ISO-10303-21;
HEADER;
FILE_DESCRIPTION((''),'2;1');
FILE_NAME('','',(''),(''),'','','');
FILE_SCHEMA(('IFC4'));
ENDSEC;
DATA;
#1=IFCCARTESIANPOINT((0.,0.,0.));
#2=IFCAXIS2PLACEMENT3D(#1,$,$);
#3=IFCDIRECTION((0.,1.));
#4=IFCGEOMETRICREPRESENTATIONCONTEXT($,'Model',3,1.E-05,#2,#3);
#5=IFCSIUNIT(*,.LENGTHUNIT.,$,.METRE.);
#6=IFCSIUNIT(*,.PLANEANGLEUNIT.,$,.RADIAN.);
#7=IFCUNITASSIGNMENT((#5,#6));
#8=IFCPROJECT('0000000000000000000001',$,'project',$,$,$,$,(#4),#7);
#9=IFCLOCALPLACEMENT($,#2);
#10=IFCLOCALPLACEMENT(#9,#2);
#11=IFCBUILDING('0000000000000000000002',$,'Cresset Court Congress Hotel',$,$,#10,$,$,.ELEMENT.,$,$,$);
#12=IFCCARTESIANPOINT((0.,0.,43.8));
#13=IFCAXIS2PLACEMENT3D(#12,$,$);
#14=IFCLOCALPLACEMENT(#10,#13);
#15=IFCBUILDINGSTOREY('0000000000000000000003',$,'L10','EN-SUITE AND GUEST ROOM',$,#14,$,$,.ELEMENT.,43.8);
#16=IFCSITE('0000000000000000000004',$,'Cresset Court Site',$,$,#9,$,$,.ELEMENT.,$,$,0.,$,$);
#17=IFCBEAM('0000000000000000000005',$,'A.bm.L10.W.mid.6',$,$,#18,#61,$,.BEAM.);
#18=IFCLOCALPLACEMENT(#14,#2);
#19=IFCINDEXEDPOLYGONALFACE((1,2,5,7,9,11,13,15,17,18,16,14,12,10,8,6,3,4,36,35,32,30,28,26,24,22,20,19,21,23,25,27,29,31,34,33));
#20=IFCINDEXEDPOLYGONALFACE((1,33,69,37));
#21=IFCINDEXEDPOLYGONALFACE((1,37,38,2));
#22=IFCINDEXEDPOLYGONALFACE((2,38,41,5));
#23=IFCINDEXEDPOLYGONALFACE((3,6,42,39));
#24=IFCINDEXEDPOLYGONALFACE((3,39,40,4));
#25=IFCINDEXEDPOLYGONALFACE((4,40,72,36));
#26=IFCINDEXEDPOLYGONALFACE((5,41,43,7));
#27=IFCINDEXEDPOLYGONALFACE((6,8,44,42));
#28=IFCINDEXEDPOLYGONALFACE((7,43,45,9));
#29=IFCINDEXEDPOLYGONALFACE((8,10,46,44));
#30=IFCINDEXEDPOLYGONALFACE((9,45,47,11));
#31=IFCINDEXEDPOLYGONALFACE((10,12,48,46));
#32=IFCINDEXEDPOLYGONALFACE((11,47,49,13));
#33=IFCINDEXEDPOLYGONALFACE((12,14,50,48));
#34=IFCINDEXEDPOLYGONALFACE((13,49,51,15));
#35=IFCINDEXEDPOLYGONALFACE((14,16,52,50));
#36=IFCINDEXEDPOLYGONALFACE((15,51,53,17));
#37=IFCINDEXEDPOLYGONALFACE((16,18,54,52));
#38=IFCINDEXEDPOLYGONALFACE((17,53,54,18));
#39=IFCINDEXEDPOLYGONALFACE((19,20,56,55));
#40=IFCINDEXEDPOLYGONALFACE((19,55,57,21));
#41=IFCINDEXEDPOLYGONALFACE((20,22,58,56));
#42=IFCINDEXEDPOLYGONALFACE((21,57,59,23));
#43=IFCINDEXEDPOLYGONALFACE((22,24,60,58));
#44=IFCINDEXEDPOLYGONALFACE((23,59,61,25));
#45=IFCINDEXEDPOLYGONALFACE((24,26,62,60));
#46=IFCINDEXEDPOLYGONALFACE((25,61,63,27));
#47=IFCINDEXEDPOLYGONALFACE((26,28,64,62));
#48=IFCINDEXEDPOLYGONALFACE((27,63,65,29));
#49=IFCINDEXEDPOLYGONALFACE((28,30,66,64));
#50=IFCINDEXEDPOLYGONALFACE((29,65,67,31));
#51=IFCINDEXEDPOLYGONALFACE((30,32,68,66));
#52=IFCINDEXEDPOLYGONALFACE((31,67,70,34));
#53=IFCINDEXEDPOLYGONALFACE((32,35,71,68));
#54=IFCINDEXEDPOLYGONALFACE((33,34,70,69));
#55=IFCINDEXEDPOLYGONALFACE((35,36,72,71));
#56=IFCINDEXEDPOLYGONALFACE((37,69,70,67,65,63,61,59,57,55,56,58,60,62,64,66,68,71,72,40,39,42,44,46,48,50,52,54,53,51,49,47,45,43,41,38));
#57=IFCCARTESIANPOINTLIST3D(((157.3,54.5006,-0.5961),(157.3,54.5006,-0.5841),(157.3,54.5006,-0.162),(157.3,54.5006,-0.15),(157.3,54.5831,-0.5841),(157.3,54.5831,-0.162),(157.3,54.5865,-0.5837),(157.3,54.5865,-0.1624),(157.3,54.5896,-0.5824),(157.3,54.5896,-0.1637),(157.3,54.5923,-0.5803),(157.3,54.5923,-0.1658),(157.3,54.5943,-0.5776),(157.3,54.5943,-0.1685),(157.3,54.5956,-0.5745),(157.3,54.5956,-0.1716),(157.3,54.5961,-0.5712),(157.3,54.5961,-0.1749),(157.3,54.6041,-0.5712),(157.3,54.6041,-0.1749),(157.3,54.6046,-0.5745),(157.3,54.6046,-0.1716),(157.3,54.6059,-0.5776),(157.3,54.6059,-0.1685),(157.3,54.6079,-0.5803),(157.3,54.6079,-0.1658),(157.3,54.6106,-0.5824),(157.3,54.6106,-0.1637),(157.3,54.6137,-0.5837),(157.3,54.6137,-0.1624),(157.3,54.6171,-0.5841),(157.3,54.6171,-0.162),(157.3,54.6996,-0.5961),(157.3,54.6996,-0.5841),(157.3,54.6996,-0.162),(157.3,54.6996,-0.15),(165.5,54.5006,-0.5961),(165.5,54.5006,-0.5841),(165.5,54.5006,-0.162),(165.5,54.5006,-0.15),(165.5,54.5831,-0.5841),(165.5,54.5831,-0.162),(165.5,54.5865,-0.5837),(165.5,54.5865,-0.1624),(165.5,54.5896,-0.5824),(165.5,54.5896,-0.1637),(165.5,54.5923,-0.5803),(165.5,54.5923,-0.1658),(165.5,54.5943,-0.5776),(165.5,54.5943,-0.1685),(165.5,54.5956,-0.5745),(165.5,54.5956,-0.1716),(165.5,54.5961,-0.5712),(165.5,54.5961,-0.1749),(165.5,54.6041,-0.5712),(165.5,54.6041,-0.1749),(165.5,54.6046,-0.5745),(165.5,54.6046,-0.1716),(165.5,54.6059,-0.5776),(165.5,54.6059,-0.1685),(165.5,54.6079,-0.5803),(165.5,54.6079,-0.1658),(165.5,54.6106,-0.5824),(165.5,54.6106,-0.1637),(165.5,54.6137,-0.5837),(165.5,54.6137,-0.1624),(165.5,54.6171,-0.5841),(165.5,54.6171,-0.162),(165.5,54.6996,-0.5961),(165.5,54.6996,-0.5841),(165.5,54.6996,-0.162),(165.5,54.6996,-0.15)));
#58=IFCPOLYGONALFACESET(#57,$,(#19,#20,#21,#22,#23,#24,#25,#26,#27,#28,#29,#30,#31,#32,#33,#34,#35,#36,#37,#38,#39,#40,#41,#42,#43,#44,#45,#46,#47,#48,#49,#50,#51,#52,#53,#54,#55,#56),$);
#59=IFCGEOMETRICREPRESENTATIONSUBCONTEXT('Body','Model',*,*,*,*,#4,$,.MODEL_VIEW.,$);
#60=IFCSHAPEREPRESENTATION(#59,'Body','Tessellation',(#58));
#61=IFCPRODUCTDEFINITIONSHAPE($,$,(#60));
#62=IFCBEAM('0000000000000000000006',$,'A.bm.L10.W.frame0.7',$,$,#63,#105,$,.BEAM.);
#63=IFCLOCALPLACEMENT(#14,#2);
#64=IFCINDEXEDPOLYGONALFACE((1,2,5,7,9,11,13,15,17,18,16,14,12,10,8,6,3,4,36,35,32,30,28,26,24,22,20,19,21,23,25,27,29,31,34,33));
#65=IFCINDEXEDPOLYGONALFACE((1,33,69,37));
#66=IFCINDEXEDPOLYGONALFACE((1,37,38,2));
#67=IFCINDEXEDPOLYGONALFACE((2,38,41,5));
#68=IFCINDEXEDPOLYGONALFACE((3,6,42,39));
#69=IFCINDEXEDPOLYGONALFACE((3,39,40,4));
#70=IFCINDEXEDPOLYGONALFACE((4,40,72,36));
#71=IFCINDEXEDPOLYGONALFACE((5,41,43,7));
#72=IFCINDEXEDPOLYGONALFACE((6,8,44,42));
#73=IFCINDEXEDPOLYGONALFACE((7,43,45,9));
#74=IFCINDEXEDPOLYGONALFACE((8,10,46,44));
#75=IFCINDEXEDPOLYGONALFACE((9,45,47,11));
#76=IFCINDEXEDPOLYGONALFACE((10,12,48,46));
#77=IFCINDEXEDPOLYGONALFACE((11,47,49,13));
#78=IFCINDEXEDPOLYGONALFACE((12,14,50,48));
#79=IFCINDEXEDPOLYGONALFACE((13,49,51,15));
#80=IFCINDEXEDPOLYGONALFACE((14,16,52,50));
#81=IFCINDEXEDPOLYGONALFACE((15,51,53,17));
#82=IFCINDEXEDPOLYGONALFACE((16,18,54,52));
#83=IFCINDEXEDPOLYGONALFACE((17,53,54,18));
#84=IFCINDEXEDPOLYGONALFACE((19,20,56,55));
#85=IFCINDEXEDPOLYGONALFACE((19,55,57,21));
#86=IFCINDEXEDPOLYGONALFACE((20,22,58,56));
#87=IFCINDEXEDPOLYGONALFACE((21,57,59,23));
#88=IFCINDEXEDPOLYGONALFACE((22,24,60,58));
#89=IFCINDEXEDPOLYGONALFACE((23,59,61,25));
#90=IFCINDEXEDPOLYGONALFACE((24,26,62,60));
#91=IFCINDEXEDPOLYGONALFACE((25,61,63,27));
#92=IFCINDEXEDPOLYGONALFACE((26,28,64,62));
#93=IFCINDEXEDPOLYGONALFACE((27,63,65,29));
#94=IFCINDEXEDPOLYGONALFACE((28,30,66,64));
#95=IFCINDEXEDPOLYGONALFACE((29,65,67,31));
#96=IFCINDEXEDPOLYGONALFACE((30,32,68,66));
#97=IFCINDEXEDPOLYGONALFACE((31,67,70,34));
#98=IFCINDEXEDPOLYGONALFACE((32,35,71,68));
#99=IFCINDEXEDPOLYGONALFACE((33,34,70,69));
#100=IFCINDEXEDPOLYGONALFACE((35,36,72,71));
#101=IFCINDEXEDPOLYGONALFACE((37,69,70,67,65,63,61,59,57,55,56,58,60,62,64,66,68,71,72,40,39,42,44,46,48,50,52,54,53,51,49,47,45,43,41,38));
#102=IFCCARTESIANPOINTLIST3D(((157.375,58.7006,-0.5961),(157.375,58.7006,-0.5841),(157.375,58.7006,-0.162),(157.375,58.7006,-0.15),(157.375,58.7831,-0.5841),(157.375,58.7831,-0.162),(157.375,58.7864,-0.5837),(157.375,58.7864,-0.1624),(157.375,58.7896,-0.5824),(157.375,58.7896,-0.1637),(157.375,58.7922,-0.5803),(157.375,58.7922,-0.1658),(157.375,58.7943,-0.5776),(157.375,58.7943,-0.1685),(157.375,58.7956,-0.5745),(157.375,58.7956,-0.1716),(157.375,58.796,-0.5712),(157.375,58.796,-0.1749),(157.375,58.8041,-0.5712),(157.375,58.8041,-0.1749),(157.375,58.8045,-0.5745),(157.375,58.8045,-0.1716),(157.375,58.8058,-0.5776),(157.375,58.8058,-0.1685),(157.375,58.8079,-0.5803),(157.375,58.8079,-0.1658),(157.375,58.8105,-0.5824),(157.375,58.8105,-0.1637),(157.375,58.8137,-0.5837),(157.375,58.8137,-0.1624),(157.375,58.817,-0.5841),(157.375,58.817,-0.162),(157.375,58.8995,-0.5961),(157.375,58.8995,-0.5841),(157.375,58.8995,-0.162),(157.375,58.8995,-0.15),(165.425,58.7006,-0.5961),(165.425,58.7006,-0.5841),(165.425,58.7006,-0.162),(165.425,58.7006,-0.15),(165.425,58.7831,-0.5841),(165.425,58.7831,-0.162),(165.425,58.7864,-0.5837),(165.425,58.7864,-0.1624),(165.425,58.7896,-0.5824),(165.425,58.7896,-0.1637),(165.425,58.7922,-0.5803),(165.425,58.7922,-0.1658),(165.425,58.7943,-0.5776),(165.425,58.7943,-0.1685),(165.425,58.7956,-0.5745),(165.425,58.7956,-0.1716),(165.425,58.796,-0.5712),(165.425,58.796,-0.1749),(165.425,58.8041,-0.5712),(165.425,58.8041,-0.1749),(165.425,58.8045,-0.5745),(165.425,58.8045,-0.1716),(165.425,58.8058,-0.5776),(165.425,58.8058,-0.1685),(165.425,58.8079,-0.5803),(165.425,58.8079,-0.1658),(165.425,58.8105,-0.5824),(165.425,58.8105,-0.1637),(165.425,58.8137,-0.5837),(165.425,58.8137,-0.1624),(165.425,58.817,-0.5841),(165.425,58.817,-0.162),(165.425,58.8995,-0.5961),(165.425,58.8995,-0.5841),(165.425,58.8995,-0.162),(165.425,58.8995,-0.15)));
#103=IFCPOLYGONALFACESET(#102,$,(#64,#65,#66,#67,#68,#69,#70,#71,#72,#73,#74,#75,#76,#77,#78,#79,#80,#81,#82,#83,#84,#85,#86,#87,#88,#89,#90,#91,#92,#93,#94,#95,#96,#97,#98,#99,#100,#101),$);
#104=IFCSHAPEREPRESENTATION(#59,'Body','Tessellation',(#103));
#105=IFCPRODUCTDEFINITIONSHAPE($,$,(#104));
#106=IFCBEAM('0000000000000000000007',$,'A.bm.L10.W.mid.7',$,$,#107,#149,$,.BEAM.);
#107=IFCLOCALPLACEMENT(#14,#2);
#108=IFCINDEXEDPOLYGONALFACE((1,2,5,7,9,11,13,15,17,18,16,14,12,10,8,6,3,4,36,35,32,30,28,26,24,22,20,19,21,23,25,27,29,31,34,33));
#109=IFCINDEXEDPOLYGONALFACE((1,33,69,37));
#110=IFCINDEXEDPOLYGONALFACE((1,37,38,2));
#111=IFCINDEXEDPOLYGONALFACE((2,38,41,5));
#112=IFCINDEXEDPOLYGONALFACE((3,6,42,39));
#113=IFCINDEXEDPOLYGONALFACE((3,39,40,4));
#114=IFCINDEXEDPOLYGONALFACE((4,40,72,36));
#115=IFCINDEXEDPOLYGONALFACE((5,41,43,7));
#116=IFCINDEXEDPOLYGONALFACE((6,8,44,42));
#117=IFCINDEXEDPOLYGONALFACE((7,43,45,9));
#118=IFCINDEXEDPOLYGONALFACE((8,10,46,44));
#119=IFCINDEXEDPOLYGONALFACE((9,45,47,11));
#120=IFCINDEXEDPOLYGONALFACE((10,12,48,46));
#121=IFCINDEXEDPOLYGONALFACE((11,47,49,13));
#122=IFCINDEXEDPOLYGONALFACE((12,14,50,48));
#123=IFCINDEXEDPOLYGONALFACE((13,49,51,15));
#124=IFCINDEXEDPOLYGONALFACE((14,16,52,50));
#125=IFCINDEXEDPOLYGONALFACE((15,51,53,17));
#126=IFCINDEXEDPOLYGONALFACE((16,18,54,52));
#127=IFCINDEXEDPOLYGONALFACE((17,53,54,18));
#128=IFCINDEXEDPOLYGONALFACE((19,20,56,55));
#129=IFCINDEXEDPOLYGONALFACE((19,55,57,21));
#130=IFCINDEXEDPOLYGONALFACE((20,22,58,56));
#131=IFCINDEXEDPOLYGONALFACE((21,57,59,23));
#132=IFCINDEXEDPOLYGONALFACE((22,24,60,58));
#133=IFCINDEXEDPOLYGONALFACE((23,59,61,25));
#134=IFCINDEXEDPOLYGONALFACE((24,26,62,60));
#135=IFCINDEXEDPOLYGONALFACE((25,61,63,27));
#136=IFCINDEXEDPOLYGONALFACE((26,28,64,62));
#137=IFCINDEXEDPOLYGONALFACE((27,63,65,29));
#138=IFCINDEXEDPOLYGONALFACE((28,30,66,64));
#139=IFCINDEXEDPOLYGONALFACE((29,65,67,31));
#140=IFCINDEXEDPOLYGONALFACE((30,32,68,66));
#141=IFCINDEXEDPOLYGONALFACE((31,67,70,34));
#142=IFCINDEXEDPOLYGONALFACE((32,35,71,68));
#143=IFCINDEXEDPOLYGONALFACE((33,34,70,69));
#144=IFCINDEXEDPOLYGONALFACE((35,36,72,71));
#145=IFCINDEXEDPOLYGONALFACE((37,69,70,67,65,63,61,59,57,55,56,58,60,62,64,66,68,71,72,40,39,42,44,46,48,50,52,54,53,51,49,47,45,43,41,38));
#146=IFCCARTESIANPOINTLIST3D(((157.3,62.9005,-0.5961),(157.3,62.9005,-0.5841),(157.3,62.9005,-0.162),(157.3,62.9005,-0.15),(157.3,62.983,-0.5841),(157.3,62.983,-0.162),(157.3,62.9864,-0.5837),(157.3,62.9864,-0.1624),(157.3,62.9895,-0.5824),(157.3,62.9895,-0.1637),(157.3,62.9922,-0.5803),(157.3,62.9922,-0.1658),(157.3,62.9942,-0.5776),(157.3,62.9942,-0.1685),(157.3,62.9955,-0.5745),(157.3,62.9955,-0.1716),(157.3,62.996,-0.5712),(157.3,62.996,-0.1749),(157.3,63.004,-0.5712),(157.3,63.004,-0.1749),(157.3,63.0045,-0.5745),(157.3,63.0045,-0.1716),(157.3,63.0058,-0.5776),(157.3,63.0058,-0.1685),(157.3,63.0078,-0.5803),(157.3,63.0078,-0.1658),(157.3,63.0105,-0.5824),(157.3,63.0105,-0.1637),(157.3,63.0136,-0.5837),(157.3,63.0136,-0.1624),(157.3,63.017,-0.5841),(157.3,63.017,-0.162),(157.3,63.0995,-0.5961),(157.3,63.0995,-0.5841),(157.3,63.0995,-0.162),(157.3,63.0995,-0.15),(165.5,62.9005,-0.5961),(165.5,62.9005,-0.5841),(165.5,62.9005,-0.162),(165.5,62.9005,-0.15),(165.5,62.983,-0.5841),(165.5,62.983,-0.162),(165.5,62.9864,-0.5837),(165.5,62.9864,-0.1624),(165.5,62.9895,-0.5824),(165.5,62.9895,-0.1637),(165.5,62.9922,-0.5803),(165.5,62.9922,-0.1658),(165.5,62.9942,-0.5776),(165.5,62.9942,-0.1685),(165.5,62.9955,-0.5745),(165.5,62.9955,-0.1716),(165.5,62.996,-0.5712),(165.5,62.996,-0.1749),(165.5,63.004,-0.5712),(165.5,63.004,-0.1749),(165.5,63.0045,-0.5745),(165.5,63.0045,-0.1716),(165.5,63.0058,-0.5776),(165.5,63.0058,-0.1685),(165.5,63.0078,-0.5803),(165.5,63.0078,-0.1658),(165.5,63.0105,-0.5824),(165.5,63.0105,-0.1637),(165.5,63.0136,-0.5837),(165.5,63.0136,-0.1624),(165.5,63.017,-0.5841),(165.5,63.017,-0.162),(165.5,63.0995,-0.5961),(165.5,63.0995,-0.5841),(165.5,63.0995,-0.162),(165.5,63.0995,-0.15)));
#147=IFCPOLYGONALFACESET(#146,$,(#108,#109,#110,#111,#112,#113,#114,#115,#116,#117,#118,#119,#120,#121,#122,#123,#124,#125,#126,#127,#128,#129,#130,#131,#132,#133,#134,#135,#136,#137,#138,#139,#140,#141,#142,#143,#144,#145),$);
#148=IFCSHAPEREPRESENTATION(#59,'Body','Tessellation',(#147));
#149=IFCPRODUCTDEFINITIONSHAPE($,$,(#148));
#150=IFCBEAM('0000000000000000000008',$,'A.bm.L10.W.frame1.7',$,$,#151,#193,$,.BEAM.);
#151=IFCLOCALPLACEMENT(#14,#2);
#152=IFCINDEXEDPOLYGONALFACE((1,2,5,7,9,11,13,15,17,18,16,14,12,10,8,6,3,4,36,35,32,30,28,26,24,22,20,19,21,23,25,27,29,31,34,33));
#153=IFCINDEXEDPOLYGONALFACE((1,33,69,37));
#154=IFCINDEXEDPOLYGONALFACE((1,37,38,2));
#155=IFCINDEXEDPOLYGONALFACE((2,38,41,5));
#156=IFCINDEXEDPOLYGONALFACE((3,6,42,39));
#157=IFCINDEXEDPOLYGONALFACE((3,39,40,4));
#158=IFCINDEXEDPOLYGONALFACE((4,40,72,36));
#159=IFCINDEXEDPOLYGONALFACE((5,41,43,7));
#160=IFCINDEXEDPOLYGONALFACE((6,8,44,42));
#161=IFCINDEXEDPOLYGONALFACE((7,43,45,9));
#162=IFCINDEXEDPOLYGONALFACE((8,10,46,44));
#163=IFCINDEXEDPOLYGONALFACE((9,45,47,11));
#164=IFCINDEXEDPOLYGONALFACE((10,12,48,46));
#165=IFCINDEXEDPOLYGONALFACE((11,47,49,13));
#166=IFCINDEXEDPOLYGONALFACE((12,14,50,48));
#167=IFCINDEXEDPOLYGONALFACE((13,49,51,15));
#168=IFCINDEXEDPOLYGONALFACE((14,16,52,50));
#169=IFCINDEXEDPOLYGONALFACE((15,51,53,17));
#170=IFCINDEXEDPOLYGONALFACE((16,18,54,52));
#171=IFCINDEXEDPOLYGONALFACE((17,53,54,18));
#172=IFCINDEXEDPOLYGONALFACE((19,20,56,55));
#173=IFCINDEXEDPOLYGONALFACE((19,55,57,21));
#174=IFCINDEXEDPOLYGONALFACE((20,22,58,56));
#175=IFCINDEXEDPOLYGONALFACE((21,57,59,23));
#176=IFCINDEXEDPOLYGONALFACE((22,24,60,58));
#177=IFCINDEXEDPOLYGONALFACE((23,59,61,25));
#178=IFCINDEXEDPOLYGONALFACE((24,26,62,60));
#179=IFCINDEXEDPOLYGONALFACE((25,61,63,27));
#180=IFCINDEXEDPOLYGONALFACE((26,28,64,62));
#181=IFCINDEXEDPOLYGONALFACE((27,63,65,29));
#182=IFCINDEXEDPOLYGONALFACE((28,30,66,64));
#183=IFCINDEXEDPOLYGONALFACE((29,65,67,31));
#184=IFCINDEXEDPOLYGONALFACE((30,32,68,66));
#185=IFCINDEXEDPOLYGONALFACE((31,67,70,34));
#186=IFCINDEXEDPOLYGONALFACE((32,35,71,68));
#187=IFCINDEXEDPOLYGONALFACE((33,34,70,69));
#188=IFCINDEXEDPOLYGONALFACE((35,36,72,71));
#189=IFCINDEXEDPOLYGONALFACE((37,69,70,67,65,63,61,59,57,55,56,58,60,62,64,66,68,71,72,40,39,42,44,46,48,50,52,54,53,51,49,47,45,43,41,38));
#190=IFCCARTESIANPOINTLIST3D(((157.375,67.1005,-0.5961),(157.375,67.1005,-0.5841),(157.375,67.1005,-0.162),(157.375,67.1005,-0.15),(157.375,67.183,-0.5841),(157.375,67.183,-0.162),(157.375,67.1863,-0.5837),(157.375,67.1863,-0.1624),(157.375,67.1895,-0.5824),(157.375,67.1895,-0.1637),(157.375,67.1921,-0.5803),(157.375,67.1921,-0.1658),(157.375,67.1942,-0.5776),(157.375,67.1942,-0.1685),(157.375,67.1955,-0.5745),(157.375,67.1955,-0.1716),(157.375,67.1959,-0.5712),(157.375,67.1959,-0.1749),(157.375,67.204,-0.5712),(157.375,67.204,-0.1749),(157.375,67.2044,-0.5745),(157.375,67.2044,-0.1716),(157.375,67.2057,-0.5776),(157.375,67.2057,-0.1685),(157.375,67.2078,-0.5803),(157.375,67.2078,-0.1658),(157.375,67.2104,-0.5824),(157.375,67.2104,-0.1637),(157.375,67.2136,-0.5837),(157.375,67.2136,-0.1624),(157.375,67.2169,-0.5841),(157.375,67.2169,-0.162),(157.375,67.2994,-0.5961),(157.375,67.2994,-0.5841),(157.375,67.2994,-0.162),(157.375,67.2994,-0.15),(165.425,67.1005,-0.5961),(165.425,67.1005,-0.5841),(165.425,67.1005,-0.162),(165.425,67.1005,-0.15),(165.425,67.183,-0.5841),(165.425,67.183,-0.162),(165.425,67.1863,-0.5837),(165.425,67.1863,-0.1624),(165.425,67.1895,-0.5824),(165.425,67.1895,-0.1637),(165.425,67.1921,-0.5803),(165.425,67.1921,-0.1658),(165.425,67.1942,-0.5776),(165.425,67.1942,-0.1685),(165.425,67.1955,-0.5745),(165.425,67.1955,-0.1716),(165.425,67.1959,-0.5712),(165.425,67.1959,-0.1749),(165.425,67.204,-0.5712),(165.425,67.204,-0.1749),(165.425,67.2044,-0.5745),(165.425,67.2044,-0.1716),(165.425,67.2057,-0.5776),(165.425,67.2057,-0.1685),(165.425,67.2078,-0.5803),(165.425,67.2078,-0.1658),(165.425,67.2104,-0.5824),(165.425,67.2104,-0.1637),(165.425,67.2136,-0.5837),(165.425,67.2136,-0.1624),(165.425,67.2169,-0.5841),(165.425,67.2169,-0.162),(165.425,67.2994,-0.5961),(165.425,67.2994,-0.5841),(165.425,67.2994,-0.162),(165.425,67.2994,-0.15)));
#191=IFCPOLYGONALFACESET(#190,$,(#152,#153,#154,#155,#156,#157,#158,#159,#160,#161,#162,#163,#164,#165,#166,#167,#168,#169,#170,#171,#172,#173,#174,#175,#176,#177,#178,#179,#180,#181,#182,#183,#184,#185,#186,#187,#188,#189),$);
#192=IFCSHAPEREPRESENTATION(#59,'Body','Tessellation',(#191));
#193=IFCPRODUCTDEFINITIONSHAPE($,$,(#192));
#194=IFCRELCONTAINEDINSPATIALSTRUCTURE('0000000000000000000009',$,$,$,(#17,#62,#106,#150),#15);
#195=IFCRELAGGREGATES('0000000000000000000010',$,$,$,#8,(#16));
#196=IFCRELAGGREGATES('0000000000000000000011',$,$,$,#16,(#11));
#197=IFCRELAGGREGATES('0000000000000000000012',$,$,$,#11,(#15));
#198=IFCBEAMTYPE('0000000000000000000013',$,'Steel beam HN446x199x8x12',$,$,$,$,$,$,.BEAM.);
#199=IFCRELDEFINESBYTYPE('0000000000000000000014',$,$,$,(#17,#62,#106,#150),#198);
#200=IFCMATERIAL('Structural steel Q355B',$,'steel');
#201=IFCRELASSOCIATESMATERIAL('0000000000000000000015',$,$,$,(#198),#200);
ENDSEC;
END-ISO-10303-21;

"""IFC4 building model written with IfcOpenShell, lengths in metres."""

from ifc_helpers import new_model, si_unit, direction, frame, origin, origin_2d, place, context, subcontext, project, spatial, i_section, extrude, material, material_profile, profile_set, type_object, element, save


model = new_model("IFC4")

# Units and contexts
model_context = context("Model", 3, precision=1e-05, world=origin(), true_north=direction((0.0, 1.0)))
body_context = subcontext(model_context, "Body", "Model", "MODEL_VIEW")
ifc_project = project(units=[si_unit("LENGTHUNIT", "METRE"), si_unit("PLANEANGLEUNIT", "RADIAN")], contexts=[model_context])

# Site, building, storey
site_placement = place(None, origin())
site = spatial("IfcSite", under=ifc_project, at=site_placement, Name="Cresset Court Site", CompositionType="ELEMENT", RefElevation=0.0)
building_placement = place(site_placement, origin())
building = spatial("IfcBuilding", under=site, at=building_placement, Name="Cresset Court Congress Hotel", CompositionType="ELEMENT")
storey_placement = place(building_placement, frame((0.0, 0.0, 43.8)))
storey = spatial("IfcBuildingStorey", under=building, at=storey_placement, Name="L10", Description="EN-SUITE AND GUEST ROOM", CompositionType="ELEMENT", Elevation=43.8)

# Beams
ifc_material_1 = material(Name="Structural steel Q355B", Category="steel")
ifc_material_profile_1 = material_profile(ifc_material_1, i_section(OverallWidth=0.199, OverallDepth=0.446, WebThickness=0.0081, FlangeThickness=0.012, FilletRadius=0.0129, at=origin_2d()), Name="HN446x199x8x12")
ifc_profile_set_1 = profile_set([ifc_material_profile_1], Name="Structural steel Q355B")
beam_type_1 = type_object("IfcBeamType", Name="Steel beam HN446x199x8x12", PredefinedType="BEAM", material=ifc_profile_set_1)
beam_1_placement = place(storey_placement, frame((157.3, 54.6001, -0.373), z_axis=(1.0, 0.0, 0.0), x_axis=(0.0, 1.0, 0.0)))
element("IfcBeam", 1, at=beam_1_placement, inside=storey, type_object=beam_type_1, Name="A.bm.L10.W.mid.6", PredefinedType="BEAM", context=body_context, shape_type="SweptSolid", body=[
    extrude(i_section(OverallWidth=0.199, OverallDepth=0.446, WebThickness=0.0081, FlangeThickness=0.012, FilletRadius=0.0129, at=origin_2d()), origin(), (0.0, 0.0, 1.0), 8.2),
])
beam_2_placement = place(storey_placement, frame((157.375, 58.8, -0.373), z_axis=(1.0, 0.0, 0.0), x_axis=(0.0, 1.0, 0.0)))
element("IfcBeam", 2, at=beam_2_placement, inside=storey, type_object=beam_type_1, Name="A.bm.L10.W.frame0.7", PredefinedType="BEAM", context=body_context, shape_type="SweptSolid", body=[
    extrude(i_section(OverallWidth=0.199, OverallDepth=0.446, WebThickness=0.0081, FlangeThickness=0.012, FilletRadius=0.0129, at=origin_2d()), origin(), (0.0, 0.0, 1.0), 8.05),
])
beam_3_placement = place(storey_placement, frame((157.3, 63.0, -0.373), z_axis=(1.0, 0.0, 0.0), x_axis=(0.0, 1.0, 0.0)))
element("IfcBeam", 3, at=beam_3_placement, inside=storey, type_object=beam_type_1, Name="A.bm.L10.W.mid.7", PredefinedType="BEAM", context=body_context, shape_type="SweptSolid", body=[
    extrude(i_section(OverallWidth=0.199, OverallDepth=0.446, WebThickness=0.0081, FlangeThickness=0.012, FilletRadius=0.0129, at=origin_2d()), origin(), (0.0, 0.0, 1.0), 8.2),
])
beam_4_placement = place(storey_placement, frame((157.375, 67.2, -0.373), z_axis=(1.0, 0.0, 0.0), x_axis=(0.0, 1.0, 0.0)))
element("IfcBeam", 4, at=beam_4_placement, inside=storey, type_object=beam_type_1, Name="A.bm.L10.W.frame1.7", PredefinedType="BEAM", context=body_context, shape_type="SweptSolid", body=[
    extrude(i_section(OverallWidth=0.199, OverallDepth=0.446, WebThickness=0.0081, FlangeThickness=0.012, FilletRadius=0.0129, at=origin_2d()), origin(), (0.0, 0.0, 1.0), 8.05),
])

save(model, "model.ifc")
